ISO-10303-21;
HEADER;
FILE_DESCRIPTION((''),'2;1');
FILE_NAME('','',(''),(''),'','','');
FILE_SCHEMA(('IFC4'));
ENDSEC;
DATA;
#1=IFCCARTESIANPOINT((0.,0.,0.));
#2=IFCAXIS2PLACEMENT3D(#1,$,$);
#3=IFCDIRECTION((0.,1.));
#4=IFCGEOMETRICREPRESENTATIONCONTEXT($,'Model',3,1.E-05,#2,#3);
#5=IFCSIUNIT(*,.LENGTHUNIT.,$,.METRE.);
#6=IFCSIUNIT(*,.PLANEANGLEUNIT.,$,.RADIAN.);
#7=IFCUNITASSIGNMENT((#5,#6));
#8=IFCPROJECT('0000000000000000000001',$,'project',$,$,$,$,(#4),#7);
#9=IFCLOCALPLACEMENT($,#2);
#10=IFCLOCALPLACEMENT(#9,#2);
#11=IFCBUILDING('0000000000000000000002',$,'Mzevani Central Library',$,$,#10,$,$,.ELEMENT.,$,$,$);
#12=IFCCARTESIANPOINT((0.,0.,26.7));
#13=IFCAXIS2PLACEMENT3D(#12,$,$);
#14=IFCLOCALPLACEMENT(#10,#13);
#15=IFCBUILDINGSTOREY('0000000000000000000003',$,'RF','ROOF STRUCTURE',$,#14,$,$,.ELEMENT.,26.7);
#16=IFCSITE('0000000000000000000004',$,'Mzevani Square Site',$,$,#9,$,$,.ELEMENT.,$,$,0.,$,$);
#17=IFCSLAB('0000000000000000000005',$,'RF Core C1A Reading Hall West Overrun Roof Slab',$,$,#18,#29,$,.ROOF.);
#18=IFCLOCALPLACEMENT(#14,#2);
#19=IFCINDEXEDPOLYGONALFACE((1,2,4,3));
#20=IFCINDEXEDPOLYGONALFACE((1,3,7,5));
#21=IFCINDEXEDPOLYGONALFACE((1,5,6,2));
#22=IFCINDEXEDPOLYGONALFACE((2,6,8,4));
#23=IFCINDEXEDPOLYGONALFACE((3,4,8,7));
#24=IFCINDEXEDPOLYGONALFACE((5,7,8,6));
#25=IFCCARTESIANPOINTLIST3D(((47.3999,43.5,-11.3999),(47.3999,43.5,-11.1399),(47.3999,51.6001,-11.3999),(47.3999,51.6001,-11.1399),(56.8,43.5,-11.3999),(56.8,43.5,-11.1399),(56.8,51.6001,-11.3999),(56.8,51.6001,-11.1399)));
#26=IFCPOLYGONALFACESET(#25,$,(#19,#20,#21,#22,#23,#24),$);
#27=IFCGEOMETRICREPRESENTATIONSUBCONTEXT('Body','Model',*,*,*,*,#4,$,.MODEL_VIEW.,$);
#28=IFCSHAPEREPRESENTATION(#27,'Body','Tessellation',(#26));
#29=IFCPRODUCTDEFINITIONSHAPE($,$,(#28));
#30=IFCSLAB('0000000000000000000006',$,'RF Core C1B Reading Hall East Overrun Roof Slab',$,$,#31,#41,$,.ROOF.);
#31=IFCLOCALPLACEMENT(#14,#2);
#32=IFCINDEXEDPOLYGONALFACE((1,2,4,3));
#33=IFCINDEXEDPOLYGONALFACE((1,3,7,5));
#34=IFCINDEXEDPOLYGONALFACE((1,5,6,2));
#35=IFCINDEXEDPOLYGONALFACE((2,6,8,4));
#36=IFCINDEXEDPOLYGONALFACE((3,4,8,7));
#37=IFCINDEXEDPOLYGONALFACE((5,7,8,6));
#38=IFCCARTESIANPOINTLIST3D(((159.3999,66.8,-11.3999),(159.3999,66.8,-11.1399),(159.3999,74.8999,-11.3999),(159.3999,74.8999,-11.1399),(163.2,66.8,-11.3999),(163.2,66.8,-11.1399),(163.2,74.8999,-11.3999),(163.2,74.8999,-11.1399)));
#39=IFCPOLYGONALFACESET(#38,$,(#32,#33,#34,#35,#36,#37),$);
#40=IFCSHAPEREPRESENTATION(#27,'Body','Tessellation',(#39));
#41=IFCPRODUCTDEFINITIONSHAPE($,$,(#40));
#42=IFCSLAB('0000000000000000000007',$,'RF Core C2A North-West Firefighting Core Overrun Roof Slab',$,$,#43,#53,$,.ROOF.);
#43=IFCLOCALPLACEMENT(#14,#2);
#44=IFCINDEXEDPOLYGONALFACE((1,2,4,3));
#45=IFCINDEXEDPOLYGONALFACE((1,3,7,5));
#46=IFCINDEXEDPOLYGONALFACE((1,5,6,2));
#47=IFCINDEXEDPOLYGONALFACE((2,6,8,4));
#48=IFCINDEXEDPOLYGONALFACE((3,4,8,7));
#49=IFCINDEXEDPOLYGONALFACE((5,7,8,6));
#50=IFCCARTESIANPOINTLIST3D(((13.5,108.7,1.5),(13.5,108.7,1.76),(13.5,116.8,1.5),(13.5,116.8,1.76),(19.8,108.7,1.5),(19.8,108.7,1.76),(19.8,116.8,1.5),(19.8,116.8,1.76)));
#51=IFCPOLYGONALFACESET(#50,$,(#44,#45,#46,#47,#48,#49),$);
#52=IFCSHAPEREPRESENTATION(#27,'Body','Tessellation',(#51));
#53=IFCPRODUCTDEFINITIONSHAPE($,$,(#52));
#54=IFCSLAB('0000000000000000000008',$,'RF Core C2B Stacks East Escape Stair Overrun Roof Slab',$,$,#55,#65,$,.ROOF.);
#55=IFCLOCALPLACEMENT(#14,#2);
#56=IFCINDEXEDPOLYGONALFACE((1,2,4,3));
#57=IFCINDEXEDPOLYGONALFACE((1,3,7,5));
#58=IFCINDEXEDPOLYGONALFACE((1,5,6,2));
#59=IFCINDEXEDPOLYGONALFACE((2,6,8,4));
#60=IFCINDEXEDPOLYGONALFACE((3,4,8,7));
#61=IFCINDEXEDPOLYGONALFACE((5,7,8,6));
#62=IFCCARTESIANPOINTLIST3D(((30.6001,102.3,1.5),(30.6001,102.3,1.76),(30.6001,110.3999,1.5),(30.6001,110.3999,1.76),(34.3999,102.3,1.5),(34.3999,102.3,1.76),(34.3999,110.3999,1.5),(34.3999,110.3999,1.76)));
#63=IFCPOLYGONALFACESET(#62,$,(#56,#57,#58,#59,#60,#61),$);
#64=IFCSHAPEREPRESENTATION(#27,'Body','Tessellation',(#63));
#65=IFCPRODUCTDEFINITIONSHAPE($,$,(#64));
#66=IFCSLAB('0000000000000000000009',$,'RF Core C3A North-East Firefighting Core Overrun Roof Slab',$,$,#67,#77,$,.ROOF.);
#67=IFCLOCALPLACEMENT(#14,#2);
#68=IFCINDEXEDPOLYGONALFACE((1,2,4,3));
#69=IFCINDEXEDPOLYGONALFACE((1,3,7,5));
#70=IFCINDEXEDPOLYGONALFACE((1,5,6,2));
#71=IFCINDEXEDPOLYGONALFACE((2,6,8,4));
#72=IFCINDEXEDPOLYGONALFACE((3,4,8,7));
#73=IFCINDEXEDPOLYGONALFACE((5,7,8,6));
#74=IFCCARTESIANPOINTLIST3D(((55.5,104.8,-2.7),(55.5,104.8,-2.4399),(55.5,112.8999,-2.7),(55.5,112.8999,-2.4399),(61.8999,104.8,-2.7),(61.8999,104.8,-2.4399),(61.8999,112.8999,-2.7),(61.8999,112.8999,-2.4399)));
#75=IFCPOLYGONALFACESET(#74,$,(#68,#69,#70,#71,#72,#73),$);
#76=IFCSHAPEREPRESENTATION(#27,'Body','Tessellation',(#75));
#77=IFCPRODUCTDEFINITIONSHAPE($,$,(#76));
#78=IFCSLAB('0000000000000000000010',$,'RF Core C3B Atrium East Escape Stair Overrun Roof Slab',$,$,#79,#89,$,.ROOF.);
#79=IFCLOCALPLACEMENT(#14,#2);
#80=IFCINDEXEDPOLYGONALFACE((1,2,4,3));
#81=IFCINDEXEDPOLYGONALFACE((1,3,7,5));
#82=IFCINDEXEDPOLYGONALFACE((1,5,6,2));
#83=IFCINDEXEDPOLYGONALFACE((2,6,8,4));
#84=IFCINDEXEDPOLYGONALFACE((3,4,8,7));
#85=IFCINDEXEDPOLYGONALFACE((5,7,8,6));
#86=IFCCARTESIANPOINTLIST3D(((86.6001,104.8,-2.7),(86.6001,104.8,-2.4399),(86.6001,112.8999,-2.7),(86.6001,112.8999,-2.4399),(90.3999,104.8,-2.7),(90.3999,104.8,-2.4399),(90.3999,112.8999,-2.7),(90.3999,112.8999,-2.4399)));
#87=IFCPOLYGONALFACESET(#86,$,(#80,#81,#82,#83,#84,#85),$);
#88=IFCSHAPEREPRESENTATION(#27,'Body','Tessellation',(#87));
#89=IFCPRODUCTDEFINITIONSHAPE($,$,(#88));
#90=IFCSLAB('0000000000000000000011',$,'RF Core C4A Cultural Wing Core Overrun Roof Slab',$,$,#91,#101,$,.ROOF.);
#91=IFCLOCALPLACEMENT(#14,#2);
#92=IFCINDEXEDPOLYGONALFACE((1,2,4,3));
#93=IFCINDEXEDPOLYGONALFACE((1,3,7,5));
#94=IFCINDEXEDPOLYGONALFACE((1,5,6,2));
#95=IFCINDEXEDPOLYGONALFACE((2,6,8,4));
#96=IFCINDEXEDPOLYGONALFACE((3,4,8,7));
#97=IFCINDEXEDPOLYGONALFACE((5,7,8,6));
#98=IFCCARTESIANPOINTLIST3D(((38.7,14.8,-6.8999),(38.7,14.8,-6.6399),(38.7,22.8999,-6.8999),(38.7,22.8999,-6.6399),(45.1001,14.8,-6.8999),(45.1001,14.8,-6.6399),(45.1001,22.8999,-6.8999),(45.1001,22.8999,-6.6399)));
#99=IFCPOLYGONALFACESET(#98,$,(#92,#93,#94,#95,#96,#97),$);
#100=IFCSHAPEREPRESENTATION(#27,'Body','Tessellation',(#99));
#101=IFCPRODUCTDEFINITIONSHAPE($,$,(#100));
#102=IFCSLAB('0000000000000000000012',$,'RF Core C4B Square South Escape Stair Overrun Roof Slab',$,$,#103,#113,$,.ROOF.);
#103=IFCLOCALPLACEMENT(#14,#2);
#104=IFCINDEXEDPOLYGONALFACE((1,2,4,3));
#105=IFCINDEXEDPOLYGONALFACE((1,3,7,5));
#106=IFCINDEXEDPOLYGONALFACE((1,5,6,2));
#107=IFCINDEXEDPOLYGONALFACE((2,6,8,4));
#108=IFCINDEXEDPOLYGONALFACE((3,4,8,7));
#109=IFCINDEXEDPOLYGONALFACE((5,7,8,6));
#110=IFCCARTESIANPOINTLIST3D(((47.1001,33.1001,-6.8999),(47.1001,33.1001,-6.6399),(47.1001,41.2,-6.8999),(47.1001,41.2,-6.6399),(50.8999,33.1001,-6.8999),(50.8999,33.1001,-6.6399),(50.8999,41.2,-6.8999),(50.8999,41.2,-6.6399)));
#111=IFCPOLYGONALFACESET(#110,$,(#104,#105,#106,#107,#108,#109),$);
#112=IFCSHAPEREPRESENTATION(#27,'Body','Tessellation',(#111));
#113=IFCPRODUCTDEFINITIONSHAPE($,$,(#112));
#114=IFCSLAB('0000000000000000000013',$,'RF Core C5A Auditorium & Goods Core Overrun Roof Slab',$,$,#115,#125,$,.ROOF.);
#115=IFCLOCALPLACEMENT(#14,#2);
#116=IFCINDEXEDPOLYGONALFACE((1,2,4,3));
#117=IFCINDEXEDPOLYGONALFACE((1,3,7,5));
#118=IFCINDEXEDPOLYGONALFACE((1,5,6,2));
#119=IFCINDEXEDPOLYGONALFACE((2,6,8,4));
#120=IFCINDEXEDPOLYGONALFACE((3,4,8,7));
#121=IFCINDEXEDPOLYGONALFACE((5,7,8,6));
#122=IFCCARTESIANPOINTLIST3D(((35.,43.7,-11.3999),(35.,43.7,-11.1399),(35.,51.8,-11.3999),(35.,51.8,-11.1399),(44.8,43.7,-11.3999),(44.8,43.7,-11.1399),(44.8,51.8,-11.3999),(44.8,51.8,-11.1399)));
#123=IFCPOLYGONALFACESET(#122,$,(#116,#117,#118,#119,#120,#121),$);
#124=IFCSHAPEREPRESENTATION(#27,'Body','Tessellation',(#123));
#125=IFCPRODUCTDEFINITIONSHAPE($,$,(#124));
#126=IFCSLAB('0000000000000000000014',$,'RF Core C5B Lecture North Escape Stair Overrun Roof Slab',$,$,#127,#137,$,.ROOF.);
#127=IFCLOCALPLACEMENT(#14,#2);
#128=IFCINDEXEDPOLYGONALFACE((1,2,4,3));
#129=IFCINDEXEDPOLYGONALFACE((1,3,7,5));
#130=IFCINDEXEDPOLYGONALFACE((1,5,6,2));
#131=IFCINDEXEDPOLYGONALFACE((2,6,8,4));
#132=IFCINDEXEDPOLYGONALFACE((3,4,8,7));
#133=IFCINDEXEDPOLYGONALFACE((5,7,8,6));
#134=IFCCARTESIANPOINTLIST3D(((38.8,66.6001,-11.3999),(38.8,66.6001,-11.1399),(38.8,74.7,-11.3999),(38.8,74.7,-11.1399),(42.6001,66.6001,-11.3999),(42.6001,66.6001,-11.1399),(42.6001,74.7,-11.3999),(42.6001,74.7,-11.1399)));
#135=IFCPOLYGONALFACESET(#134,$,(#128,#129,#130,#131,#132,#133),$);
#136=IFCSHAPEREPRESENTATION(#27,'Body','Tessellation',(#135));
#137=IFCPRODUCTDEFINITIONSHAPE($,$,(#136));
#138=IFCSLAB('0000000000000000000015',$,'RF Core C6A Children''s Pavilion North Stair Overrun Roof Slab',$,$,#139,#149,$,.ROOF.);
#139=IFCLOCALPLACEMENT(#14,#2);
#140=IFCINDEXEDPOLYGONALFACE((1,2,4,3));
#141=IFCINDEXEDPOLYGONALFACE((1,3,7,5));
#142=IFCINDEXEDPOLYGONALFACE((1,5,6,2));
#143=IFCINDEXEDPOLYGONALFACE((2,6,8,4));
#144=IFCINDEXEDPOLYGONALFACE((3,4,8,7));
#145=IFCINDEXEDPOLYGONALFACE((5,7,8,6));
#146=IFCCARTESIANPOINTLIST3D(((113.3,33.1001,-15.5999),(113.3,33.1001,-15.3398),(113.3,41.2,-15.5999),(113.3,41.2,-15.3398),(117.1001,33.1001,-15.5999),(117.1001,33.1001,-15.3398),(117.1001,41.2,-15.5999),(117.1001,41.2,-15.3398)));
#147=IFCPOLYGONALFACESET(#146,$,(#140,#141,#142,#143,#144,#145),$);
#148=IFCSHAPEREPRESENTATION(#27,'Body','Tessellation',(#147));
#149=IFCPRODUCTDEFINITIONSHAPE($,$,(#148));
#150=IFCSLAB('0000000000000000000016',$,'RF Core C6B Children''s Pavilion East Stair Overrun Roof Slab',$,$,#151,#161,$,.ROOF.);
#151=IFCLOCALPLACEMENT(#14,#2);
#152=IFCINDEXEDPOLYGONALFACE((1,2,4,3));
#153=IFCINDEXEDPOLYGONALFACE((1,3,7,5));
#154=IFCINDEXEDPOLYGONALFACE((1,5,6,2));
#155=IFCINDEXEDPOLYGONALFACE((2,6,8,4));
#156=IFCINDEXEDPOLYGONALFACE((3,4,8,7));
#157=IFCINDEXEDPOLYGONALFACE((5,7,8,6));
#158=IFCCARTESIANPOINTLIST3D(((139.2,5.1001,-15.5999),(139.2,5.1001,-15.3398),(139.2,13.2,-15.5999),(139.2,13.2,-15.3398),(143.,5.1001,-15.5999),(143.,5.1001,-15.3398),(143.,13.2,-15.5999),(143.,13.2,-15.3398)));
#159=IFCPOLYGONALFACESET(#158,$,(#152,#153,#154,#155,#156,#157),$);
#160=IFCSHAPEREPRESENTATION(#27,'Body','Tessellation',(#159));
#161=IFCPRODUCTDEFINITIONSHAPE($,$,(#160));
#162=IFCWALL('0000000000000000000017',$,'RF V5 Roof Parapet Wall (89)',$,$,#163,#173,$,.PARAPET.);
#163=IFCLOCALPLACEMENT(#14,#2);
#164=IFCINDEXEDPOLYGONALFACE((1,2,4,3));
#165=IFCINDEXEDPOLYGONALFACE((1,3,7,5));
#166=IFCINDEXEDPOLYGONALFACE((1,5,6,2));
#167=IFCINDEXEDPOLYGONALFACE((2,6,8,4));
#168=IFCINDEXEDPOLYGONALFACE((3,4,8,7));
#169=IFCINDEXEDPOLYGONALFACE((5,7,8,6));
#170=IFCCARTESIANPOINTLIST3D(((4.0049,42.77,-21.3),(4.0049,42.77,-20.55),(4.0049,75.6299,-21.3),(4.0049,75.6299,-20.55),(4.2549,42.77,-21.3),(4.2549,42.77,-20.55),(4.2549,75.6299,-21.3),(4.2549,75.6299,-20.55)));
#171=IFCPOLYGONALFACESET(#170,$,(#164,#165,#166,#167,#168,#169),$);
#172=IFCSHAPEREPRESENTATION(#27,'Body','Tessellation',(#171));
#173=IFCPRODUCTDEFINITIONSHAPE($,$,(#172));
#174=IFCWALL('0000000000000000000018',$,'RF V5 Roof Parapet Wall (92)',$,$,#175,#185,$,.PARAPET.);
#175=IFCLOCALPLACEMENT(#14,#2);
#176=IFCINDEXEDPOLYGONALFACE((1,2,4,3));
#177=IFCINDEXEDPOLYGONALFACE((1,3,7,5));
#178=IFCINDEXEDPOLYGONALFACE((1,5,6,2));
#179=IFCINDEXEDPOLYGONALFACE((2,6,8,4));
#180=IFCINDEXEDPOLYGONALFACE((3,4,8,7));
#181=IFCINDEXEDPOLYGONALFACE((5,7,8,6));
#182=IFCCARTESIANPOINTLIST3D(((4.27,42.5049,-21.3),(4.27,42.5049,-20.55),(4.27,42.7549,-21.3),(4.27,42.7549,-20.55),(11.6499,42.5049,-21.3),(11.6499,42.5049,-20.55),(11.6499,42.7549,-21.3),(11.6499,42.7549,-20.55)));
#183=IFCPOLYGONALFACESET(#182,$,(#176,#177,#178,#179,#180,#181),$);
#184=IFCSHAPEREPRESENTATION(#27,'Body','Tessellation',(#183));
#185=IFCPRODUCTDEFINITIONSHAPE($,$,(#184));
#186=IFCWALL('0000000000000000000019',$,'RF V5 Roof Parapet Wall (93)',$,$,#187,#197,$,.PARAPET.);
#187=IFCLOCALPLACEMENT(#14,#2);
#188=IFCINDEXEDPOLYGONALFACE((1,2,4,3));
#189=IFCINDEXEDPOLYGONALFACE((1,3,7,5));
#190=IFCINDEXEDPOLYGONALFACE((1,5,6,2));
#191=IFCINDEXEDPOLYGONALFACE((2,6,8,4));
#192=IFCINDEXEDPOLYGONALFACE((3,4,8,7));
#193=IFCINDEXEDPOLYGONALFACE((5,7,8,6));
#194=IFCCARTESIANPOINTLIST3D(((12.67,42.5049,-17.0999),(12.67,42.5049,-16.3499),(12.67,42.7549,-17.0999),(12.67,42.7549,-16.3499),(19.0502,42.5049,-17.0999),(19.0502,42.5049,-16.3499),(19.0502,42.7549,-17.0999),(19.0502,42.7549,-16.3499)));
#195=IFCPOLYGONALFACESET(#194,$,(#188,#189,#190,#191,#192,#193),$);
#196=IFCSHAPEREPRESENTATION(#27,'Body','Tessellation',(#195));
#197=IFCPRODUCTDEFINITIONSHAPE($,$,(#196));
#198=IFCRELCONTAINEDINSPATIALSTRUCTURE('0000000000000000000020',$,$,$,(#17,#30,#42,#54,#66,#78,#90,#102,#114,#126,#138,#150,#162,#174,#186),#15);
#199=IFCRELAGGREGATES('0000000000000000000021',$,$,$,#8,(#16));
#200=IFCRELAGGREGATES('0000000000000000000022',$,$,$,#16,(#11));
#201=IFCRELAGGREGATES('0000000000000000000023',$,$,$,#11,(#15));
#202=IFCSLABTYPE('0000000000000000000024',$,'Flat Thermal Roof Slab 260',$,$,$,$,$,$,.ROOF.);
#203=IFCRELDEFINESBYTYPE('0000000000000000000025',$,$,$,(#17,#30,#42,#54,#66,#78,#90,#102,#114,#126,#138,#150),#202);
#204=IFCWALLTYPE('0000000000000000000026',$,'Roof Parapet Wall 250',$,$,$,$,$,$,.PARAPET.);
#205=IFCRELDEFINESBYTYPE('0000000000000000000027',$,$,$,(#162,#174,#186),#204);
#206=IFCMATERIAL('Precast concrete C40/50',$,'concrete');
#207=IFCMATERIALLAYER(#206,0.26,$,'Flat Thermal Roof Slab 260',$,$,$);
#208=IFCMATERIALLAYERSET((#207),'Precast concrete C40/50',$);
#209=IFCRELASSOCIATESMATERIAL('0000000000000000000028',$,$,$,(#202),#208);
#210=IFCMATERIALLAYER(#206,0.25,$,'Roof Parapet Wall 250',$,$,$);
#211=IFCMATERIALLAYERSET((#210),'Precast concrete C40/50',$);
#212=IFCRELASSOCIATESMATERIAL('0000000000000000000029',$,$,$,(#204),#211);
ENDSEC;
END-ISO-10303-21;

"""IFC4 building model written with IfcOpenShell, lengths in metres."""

from ifc_helpers import new_model, si_unit, direction, frame, frame_2d, origin, place, context, subcontext, project, spatial, polyline, rectangle, outline, extrude, material, layer, layer_set, type_object, element, save


model = new_model("IFC4")

# Units and contexts
model_context = context("Model", 3, precision=1e-05, world=origin(), true_north=direction((0.0, 1.0)))
body_context = subcontext(model_context, "Body", "Model", "MODEL_VIEW")
ifc_project = project(units=[si_unit("LENGTHUNIT", "METRE"), si_unit("PLANEANGLEUNIT", "RADIAN")], contexts=[model_context])

# Site, building, storey
site_placement = place(None, origin())
site = spatial("IfcSite", under=ifc_project, at=site_placement, Name="Mzevani Square Site", CompositionType="ELEMENT", RefElevation=0.0)
building_placement = place(site_placement, origin())
building = spatial("IfcBuilding", under=site, at=building_placement, Name="Mzevani Central Library", CompositionType="ELEMENT")
storey_placement = place(building_placement, frame((0.0, 0.0, 26.7)))
storey = spatial("IfcBuildingStorey", under=building, at=storey_placement, Name="RF", Description="ROOF STRUCTURE", CompositionType="ELEMENT", Elevation=26.7)

# Slabs
ifc_material_1 = material(Name="Precast concrete C40/50", Category="concrete")
ifc_layer_1 = layer(ifc_material_1, 0.26, Name="Flat Thermal Roof Slab 260")
ifc_layer_set_1 = layer_set([ifc_layer_1], Name="Precast concrete C40/50")
slab_type = type_object("IfcSlabType", Name="Flat Thermal Roof Slab 260", PredefinedType="ROOF", material=ifc_layer_set_1)
slab_1_placement = place(storey_placement, frame((0.0, 0.0, -11.3999)))
element("IfcSlab", 1, at=slab_1_placement, inside=storey, type_object=slab_type, Name="RF Core C1A Reading Hall West Overrun Roof Slab", PredefinedType="ROOF", context=body_context, shape_type="SweptSolid", body=[
    extrude(outline(polyline([(47.3999, 43.5), (56.8, 43.5), (56.8, 51.6001), (47.3999, 51.6001), (47.3999, 43.5)])), origin(), (0.0, 0.0, 1.0), 0.26),
])
slab_2_placement = place(storey_placement, frame((0.0, 0.0, -11.3999)))
element("IfcSlab", 2, at=slab_2_placement, inside=storey, type_object=slab_type, Name="RF Core C1B Reading Hall East Overrun Roof Slab", PredefinedType="ROOF", context=body_context, shape_type="SweptSolid", body=[
    extrude(outline(polyline([(159.3999, 66.8), (163.2, 66.8), (163.2, 74.8999), (159.3999, 74.8999), (159.3999, 66.8)])), origin(), (0.0, 0.0, 1.0), 0.26),
])
slab_3_placement = place(storey_placement, frame((0.0, 0.0, 1.5)))
element("IfcSlab", 3, at=slab_3_placement, inside=storey, type_object=slab_type, Name="RF Core C2A North-West Firefighting Core Overrun Roof Slab", PredefinedType="ROOF", context=body_context, shape_type="SweptSolid", body=[
    extrude(outline(polyline([(13.5, 108.7), (19.8, 108.7), (19.8, 116.8), (13.5, 116.8), (13.5, 108.7)])), origin(), (0.0, 0.0, 1.0), 0.26),
])
slab_4_placement = place(storey_placement, frame((0.0, 0.0, 1.5)))
element("IfcSlab", 4, at=slab_4_placement, inside=storey, type_object=slab_type, Name="RF Core C2B Stacks East Escape Stair Overrun Roof Slab", PredefinedType="ROOF", context=body_context, shape_type="SweptSolid", body=[
    extrude(outline(polyline([(30.6001, 102.3), (34.3999, 102.3), (34.3999, 110.3999), (30.6001, 110.3999), (30.6001, 102.3)])), origin(), (0.0, 0.0, 1.0), 0.26),
])
slab_5_placement = place(storey_placement, frame((0.0, 0.0, -2.7)))
element("IfcSlab", 5, at=slab_5_placement, inside=storey, type_object=slab_type, Name="RF Core C3A North-East Firefighting Core Overrun Roof Slab", PredefinedType="ROOF", context=body_context, shape_type="SweptSolid", body=[
    extrude(outline(polyline([(55.5, 104.8), (61.8999, 104.8), (61.8999, 112.8999), (55.5, 112.8999), (55.5, 104.8)])), origin(), (0.0, 0.0, 1.0), 0.26),
])
slab_6_placement = place(storey_placement, frame((0.0, 0.0, -2.7)))
element("IfcSlab", 6, at=slab_6_placement, inside=storey, type_object=slab_type, Name="RF Core C3B Atrium East Escape Stair Overrun Roof Slab", PredefinedType="ROOF", context=body_context, shape_type="SweptSolid", body=[
    extrude(outline(polyline([(86.6001, 104.8), (90.3999, 104.8), (90.3999, 112.8999), (86.6001, 112.8999), (86.6001, 104.8)])), origin(), (0.0, 0.0, 1.0), 0.26),
])
slab_7_placement = place(storey_placement, frame((0.0, 0.0, -6.8999)))
element("IfcSlab", 7, at=slab_7_placement, inside=storey, type_object=slab_type, Name="RF Core C4A Cultural Wing Core Overrun Roof Slab", PredefinedType="ROOF", context=body_context, shape_type="SweptSolid", body=[
    extrude(outline(polyline([(38.7, 14.8), (45.1001, 14.8), (45.1001, 22.8999), (38.7, 22.8999), (38.7, 14.8)])), origin(), (0.0, 0.0, 1.0), 0.26),
])
slab_8_placement = place(storey_placement, frame((0.0, 0.0, -6.8999)))
element("IfcSlab", 8, at=slab_8_placement, inside=storey, type_object=slab_type, Name="RF Core C4B Square South Escape Stair Overrun Roof Slab", PredefinedType="ROOF", context=body_context, shape_type="SweptSolid", body=[
    extrude(outline(polyline([(47.1001, 33.1001), (50.8999, 33.1001), (50.8999, 41.2), (47.1001, 41.2), (47.1001, 33.1001)])), origin(), (0.0, 0.0, 1.0), 0.26),
])
slab_9_placement = place(storey_placement, frame((0.0, 0.0, -11.3999)))
element("IfcSlab", 9, at=slab_9_placement, inside=storey, type_object=slab_type, Name="RF Core C5A Auditorium & Goods Core Overrun Roof Slab", PredefinedType="ROOF", context=body_context, shape_type="SweptSolid", body=[
    extrude(outline(polyline([(35.0, 43.7), (44.8, 43.7), (44.8, 51.8), (35.0, 51.8), (35.0, 43.7)])), origin(), (0.0, 0.0, 1.0), 0.26),
])
slab_10_placement = place(storey_placement, frame((0.0, 0.0, -11.3999)))
element("IfcSlab", 10, at=slab_10_placement, inside=storey, type_object=slab_type, Name="RF Core C5B Lecture North Escape Stair Overrun Roof Slab", PredefinedType="ROOF", context=body_context, shape_type="SweptSolid", body=[
    extrude(outline(polyline([(38.8, 66.6001), (42.6001, 66.6001), (42.6001, 74.7), (38.8, 74.7), (38.8, 66.6001)])), origin(), (0.0, 0.0, 1.0), 0.26),
])
slab_11_placement = place(storey_placement, frame((0.0, 0.0, -15.5999)))
element("IfcSlab", 11, at=slab_11_placement, inside=storey, type_object=slab_type, Name="RF Core C6A Children's Pavilion North Stair Overrun Roof Slab", PredefinedType="ROOF", context=body_context, shape_type="SweptSolid", body=[
    extrude(outline(polyline([(113.3, 33.1001), (117.1001, 33.1001), (117.1001, 41.2), (113.3, 41.2), (113.3, 33.1001)])), origin(), (0.0, 0.0, 1.0), 0.26),
])
slab_12_placement = place(storey_placement, frame((0.0, 0.0, -15.5999)))
element("IfcSlab", 12, at=slab_12_placement, inside=storey, type_object=slab_type, Name="RF Core C6B Children's Pavilion East Stair Overrun Roof Slab", PredefinedType="ROOF", context=body_context, shape_type="SweptSolid", body=[
    extrude(outline(polyline([(139.2, 5.1001), (143.0, 5.1001), (143.0, 13.2), (139.2, 13.2), (139.2, 5.1001)])), origin(), (0.0, 0.0, 1.0), 0.26),
])

# Walls
ifc_layer_2 = layer(ifc_material_1, 0.25, Name="Roof Parapet Wall 250")
ifc_layer_set_2 = layer_set([ifc_layer_2], Name="Precast concrete C40/50")
wall_type = type_object("IfcWallType", Name="Roof Parapet Wall 250", PredefinedType="PARAPET", material=ifc_layer_set_2)
wall_1_placement = place(storey_placement, frame((4.1299, 42.77, -21.3), z_axis=(0.0, 0.0, 1.0), x_axis=(0.0, 1.0, 0.0)))
element("IfcWall", 13, at=wall_1_placement, inside=storey, type_object=wall_type, Name="RF V5 Roof Parapet Wall (89)", PredefinedType="PARAPET", context=body_context, shape_type="SweptSolid", body=[
    extrude(rectangle(XDim=32.8599, YDim=0.25, at=frame_2d((16.4299, 0.0))), origin(), (0.0, 0.0, 1.0), 0.75),
])
wall_2_placement = place(storey_placement, frame((11.6499, 42.6299, -21.3), z_axis=(0.0, 0.0, 1.0), x_axis=(-1.0, 0.0, 0.0)))
element("IfcWall", 14, at=wall_2_placement, inside=storey, type_object=wall_type, Name="RF V5 Roof Parapet Wall (92)", PredefinedType="PARAPET", context=body_context, shape_type="SweptSolid", body=[
    extrude(rectangle(XDim=7.3799, YDim=0.25, at=frame_2d((3.6899, 0.0))), origin(), (0.0, 0.0, 1.0), 0.75),
])
wall_3_placement = place(storey_placement, frame((19.05, 42.6299, -17.0999), z_axis=(0.0, 0.0, 1.0), x_axis=(-1.0, 0.0, 0.0)))
element("IfcWall", 15, at=wall_3_placement, inside=storey, type_object=wall_type, Name="RF V5 Roof Parapet Wall (93)", PredefinedType="PARAPET", context=body_context, shape_type="SweptSolid", body=[
    extrude(rectangle(XDim=6.3801, YDim=0.25, at=frame_2d((3.1899, 0.0))), origin(), (0.0, 0.0, 1.0), 0.75),
])

save(model, "model.ifc")
